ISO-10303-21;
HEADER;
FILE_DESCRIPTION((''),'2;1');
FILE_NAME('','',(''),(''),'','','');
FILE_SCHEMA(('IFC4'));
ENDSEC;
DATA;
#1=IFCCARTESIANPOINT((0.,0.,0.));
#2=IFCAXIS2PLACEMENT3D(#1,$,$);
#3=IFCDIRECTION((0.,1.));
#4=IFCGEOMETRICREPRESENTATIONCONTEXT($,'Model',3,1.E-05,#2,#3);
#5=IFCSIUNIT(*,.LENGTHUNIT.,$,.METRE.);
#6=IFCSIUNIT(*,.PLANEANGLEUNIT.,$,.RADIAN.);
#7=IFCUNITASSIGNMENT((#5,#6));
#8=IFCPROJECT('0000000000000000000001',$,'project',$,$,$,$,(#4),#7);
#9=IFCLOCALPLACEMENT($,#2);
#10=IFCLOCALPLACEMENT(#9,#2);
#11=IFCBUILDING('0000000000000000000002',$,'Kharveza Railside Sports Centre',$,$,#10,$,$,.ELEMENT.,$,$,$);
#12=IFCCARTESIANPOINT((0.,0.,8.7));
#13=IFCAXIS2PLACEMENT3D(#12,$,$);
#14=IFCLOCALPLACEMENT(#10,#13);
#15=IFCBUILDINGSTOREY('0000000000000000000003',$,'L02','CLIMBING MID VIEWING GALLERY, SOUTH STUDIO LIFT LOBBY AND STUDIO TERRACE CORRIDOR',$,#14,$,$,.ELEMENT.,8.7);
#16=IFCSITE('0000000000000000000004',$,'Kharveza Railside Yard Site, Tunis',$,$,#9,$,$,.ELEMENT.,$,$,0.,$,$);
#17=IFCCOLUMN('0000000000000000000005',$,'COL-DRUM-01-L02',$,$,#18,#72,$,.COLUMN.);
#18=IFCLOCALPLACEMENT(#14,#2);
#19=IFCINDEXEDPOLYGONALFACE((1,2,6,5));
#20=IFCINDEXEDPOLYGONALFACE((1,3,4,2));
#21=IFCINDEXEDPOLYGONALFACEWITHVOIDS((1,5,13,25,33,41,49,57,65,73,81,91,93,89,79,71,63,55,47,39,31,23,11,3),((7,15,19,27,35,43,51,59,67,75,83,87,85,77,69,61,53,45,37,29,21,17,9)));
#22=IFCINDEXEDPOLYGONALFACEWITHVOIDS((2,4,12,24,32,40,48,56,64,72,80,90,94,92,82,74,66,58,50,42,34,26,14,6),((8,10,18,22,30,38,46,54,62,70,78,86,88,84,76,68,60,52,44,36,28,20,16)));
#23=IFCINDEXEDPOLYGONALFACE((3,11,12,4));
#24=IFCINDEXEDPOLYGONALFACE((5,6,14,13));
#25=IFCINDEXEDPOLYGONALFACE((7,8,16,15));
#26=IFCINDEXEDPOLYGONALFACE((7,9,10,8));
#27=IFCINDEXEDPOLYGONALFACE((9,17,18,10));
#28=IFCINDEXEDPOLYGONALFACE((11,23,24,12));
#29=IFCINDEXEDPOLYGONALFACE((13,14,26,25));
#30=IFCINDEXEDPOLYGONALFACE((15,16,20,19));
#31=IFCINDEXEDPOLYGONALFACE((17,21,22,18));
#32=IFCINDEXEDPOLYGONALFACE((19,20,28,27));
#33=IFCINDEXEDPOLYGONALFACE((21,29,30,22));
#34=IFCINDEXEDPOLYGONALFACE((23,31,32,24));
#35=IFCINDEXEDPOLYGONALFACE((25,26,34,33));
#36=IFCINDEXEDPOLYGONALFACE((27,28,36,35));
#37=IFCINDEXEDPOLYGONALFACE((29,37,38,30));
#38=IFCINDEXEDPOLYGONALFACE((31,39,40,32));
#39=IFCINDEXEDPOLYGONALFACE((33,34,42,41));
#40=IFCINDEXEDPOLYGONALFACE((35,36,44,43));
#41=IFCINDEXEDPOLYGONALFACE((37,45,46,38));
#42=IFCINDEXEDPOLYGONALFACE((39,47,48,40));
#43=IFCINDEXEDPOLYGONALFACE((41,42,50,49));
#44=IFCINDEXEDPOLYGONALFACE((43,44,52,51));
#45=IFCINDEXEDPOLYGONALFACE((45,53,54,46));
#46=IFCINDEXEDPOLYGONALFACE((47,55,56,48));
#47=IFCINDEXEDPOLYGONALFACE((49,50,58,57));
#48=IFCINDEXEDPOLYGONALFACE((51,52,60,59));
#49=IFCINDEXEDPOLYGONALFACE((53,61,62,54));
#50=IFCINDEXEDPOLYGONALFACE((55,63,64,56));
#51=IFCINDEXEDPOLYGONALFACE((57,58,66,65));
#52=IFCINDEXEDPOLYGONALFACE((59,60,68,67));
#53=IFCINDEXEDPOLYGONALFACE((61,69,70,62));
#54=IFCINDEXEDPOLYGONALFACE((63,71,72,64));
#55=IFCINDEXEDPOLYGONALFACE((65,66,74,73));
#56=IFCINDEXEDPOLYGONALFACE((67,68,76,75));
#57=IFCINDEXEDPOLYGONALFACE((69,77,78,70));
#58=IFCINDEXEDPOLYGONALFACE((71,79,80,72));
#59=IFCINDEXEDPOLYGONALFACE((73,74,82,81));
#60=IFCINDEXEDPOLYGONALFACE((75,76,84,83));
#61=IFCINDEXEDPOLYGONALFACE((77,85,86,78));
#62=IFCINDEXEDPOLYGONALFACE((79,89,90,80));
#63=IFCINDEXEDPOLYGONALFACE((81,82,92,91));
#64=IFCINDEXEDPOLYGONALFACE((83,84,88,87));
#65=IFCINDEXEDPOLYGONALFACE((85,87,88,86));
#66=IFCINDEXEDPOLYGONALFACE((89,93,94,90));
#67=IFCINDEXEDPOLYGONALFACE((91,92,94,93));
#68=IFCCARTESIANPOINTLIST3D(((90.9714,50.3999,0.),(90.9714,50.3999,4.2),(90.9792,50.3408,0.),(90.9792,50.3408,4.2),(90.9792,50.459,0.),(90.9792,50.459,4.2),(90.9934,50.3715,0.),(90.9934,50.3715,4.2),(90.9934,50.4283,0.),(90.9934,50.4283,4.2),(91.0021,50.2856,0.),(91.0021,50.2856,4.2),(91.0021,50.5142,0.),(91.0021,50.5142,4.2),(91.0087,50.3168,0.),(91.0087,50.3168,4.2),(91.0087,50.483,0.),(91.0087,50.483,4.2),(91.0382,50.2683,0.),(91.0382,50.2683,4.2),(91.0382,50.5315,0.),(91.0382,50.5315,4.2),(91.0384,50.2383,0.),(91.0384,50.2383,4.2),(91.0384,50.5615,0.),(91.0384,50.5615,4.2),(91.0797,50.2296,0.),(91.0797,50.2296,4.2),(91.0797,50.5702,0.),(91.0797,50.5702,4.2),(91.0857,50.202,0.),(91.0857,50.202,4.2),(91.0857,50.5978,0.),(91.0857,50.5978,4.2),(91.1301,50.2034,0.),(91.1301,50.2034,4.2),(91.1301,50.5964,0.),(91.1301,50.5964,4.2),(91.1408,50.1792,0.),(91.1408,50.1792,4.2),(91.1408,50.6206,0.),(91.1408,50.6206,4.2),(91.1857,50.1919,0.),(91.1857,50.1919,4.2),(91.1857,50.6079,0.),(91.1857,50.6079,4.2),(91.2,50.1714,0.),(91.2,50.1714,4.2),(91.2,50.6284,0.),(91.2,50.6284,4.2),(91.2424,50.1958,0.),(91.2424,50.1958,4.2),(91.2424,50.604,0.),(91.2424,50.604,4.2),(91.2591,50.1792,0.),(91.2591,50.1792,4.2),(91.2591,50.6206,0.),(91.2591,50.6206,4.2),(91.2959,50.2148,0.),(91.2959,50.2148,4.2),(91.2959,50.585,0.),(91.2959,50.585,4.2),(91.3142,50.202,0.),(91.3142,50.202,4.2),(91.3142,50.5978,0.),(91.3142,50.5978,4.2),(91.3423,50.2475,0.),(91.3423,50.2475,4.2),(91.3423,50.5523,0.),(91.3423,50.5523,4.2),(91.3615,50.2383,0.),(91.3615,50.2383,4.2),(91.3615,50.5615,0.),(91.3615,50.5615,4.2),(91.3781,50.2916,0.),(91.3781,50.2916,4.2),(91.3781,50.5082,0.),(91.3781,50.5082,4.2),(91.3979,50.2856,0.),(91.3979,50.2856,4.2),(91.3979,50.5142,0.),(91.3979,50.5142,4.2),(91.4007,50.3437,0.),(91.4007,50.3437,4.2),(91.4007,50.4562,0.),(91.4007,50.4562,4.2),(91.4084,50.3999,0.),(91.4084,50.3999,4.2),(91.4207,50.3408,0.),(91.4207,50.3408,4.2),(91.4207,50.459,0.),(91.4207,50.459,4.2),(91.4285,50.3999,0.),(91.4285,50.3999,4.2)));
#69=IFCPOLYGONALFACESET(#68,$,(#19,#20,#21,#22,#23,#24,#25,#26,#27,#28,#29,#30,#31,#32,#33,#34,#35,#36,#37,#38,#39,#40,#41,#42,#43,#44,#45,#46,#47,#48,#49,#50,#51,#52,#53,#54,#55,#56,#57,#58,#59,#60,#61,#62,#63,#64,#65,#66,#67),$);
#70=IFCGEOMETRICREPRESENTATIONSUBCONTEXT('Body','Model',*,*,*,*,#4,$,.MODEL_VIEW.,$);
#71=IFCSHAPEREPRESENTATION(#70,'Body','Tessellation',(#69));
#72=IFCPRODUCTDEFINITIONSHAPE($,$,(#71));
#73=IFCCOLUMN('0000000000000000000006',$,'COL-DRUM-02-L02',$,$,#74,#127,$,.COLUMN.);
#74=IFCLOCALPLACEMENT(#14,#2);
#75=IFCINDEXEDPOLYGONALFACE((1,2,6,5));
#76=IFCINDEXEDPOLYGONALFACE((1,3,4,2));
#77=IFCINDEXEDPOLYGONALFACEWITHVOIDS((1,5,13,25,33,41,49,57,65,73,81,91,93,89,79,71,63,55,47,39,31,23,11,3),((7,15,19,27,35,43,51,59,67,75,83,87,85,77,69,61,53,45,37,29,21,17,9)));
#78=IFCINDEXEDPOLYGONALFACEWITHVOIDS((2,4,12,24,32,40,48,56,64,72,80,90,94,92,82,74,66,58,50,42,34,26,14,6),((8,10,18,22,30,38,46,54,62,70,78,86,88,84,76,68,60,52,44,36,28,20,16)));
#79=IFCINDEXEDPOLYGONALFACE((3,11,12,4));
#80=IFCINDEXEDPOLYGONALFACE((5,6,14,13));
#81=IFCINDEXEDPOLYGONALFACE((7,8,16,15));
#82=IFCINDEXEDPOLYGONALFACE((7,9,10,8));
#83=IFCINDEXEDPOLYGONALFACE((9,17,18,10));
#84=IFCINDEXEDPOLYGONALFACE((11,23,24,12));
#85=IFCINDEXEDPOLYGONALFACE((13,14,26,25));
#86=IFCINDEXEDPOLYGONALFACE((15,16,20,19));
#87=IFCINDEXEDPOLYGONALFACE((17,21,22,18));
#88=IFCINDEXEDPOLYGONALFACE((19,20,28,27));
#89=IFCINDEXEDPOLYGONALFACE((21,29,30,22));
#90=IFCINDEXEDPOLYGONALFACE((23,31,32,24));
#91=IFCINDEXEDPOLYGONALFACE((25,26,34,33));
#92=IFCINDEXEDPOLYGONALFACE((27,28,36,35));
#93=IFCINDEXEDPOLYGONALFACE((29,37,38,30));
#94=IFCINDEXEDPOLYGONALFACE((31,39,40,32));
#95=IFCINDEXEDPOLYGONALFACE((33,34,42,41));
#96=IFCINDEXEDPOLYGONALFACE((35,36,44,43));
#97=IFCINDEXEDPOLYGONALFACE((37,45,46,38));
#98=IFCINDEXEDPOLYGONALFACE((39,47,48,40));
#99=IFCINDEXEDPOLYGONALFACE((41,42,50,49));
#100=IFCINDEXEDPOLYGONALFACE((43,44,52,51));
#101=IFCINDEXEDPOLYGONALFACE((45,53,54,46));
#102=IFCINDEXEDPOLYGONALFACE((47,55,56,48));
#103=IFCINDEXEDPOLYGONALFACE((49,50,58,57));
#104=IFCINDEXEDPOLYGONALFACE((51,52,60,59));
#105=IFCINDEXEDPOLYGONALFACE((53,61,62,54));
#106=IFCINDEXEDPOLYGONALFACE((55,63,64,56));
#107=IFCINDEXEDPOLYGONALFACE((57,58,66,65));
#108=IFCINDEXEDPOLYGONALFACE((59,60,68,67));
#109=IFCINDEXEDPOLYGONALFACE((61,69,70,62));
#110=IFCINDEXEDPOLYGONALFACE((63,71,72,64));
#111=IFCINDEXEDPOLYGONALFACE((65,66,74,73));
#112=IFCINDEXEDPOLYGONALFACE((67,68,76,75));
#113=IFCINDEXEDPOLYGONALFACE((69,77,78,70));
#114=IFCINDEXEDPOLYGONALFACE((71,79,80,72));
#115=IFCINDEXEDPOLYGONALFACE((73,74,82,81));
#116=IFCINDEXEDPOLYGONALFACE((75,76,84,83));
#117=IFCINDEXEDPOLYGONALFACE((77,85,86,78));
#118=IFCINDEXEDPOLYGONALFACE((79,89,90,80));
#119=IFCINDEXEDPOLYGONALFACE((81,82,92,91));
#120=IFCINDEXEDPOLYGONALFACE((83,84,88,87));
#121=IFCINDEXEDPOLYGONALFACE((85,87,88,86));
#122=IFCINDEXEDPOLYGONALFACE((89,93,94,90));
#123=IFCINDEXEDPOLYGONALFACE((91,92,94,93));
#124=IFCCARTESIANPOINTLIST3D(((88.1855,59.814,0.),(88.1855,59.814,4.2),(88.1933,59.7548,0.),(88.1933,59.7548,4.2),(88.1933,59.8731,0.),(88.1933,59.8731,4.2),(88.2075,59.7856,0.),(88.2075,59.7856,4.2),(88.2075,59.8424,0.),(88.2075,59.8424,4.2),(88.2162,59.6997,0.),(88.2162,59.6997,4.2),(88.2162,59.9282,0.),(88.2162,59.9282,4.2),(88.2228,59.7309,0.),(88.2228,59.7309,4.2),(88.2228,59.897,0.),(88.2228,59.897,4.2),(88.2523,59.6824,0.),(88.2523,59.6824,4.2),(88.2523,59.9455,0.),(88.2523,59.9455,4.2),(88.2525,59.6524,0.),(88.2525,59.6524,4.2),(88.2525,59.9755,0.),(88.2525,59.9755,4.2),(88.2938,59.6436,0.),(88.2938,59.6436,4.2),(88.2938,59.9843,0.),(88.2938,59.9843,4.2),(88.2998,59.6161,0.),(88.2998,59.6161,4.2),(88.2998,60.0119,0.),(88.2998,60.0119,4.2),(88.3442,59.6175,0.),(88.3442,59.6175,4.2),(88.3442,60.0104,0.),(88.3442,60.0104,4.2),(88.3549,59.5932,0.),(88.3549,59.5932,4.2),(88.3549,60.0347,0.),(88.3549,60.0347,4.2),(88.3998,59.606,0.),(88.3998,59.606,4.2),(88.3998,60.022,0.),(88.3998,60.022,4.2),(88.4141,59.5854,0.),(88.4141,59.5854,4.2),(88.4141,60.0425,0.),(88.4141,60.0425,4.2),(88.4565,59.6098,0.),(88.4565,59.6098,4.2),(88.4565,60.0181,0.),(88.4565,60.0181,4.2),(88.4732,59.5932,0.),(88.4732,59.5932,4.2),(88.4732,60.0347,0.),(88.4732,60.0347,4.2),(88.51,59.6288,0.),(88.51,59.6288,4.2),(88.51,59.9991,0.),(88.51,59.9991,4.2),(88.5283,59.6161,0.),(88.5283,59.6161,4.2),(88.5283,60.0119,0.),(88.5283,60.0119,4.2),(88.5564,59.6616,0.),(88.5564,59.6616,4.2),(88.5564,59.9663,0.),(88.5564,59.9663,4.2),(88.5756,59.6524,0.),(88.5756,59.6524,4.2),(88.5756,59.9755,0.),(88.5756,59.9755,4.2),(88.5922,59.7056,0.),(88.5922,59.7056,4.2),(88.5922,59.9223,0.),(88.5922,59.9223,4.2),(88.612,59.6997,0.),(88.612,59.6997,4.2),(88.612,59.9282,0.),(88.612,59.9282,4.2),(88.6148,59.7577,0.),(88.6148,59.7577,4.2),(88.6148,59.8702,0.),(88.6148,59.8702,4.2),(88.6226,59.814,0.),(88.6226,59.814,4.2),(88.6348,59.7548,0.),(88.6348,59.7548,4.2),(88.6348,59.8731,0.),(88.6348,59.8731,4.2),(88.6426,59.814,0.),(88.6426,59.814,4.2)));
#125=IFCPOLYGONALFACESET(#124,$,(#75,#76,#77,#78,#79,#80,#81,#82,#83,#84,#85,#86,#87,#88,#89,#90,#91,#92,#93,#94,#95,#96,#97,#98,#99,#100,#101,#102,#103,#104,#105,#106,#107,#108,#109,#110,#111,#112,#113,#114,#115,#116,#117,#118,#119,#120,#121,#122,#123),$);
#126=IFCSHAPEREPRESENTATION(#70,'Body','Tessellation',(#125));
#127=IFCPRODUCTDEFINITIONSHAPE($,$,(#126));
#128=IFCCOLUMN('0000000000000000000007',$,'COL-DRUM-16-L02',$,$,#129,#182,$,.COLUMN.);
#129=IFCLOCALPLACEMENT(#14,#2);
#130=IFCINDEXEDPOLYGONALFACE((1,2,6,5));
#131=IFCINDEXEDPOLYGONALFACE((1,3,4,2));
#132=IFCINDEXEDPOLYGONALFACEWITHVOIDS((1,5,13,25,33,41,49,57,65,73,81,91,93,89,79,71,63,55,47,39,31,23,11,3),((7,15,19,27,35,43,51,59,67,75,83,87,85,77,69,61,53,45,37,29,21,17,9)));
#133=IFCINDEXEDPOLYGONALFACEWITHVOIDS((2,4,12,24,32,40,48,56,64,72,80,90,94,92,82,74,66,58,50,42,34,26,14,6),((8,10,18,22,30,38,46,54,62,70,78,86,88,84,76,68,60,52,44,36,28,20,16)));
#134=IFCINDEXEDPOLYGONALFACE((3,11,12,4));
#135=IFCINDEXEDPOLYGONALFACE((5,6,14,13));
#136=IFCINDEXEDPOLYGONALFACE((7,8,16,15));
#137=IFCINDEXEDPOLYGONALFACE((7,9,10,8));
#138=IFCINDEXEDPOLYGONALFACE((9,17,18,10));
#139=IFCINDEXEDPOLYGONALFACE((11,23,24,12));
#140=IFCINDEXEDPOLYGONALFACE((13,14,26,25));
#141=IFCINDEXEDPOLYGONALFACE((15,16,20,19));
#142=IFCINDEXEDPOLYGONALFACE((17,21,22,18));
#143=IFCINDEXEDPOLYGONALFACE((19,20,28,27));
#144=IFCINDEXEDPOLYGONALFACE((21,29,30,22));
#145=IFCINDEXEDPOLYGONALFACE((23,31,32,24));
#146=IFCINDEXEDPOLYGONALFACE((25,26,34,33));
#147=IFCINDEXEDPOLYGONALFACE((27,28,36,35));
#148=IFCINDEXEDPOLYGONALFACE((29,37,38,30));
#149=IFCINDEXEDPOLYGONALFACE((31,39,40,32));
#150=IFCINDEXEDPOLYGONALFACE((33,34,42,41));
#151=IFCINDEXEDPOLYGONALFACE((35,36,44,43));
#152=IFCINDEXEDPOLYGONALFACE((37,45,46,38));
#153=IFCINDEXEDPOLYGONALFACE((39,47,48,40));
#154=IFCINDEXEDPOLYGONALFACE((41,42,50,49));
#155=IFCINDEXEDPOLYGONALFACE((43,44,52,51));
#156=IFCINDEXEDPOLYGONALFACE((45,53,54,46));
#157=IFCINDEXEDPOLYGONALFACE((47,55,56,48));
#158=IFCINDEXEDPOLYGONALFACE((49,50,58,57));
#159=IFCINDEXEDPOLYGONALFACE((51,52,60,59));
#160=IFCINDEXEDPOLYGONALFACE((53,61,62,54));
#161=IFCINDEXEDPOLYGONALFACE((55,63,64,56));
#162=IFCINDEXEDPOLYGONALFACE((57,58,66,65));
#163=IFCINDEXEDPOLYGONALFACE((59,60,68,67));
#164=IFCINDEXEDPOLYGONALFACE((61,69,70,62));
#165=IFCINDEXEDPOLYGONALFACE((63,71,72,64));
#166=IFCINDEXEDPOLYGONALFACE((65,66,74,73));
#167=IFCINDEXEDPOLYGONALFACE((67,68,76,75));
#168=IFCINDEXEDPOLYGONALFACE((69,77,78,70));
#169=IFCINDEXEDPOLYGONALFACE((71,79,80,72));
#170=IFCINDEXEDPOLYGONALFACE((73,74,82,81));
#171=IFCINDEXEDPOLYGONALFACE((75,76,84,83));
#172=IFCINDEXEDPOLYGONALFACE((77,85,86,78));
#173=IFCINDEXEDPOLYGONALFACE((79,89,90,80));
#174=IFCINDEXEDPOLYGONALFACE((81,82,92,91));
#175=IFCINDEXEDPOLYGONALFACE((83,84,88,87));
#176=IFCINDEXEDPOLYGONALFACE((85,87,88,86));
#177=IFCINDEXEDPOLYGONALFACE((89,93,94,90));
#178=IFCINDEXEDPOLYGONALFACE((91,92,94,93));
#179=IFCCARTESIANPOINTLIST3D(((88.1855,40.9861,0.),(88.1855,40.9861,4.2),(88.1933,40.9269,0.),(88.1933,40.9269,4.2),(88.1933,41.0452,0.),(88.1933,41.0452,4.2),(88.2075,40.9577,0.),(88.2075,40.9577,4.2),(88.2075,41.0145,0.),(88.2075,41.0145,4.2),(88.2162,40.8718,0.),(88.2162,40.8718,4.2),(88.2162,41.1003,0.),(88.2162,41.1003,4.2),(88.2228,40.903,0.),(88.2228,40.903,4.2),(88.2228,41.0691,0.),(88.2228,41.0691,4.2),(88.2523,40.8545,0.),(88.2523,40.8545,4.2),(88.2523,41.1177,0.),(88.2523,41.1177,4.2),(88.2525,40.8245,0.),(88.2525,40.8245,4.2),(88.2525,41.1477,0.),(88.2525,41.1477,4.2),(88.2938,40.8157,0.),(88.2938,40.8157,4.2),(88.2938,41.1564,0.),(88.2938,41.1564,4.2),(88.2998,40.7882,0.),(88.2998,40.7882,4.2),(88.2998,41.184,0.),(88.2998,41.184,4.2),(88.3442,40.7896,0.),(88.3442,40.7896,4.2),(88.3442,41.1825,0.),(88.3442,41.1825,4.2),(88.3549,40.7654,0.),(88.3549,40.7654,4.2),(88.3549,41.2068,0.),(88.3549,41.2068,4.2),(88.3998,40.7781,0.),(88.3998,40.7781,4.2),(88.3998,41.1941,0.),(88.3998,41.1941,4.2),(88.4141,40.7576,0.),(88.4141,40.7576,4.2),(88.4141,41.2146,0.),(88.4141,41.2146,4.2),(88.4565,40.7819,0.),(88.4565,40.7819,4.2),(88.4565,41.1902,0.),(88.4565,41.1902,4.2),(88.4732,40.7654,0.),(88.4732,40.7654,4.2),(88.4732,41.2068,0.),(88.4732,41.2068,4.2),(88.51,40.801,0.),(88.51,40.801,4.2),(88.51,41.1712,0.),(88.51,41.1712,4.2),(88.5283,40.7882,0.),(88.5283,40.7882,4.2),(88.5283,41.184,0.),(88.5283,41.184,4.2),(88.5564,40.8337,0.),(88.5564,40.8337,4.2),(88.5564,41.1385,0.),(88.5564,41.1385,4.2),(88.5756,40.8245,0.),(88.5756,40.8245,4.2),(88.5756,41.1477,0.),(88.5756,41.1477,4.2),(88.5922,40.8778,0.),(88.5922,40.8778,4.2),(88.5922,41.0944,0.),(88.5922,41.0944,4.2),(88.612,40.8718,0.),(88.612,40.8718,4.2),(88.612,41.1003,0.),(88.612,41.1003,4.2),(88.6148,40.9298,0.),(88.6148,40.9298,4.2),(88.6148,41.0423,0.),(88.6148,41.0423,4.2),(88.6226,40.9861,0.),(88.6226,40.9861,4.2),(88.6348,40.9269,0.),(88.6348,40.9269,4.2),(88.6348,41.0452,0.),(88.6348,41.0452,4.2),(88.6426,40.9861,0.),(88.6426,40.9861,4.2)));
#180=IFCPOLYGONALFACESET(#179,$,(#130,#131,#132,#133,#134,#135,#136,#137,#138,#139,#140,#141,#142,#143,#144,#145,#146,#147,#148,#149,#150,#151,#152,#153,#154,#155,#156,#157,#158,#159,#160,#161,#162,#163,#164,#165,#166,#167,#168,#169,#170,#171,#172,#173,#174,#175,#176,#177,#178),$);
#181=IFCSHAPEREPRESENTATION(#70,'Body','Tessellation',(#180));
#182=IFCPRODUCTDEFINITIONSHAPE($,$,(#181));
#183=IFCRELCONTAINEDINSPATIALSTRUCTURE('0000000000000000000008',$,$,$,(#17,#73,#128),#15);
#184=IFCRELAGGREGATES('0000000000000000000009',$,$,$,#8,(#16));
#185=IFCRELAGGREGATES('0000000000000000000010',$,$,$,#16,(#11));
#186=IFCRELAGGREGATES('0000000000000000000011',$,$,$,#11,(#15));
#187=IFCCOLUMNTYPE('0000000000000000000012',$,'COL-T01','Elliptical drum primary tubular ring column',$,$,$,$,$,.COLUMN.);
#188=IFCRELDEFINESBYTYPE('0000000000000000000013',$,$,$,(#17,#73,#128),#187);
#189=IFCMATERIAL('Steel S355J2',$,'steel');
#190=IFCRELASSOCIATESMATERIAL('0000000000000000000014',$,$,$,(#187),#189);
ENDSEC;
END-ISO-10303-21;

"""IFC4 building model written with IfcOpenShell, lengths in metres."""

from ifc_helpers import new_model, si_unit, direction, frame, origin, origin_2d, place, context, subcontext, project, spatial, hollow_circle, extrude, material, material_profile, profile_set, type_object, element, save


model = new_model("IFC4")

# Units and contexts
model_context = context("Model", 3, precision=1e-05, world=origin(), true_north=direction((0.0, 1.0)))
body_context = subcontext(model_context, "Body", "Model", "MODEL_VIEW")
ifc_project = project(units=[si_unit("LENGTHUNIT", "METRE"), si_unit("PLANEANGLEUNIT", "RADIAN")], contexts=[model_context])

# Site, building, storey
site_placement = place(None, origin())
site = spatial("IfcSite", under=ifc_project, at=site_placement, Name="Kharveza Railside Yard Site, Tunis", CompositionType="ELEMENT", RefElevation=0.0)
building_placement = place(site_placement, origin())
building = spatial("IfcBuilding", under=site, at=building_placement, Name="Kharveza Railside Sports Centre", CompositionType="ELEMENT")
storey_placement = place(building_placement, frame((0.0, 0.0, 8.7)))
storey = spatial("IfcBuildingStorey", under=building, at=storey_placement, Name="L02", Description="CLIMBING MID VIEWING GALLERY, SOUTH STUDIO LIFT LOBBY AND STUDIO TERRACE CORRIDOR", CompositionType="ELEMENT", Elevation=8.7)

# Columns
ifc_material_1 = material(Name="Steel S355J2", Category="steel")
ifc_material_profile_1 = material_profile(ifc_material_1, hollow_circle(Radius=0.2285, WallThickness=0.02, at=origin_2d()), Name="CHS 457.0x20.0")
ifc_profile_set_1 = profile_set([ifc_material_profile_1], Name="Steel S355J2")
column_type = type_object("IfcColumnType", Name="COL-T01", Description="Elliptical drum primary tubular ring column", PredefinedType="COLUMN", material=ifc_profile_set_1)
for number, where, z_axis, x_axis, name in (
    (1, (91.2, 50.3999, 0.0), (0.0, 0.0, 1.0), (1.0, 0.0, 0.0), "COL-DRUM-01-L02"),
    (2, (88.4141, 59.814, 0.0), (0.0, 0.0, 1.0), (1.0, 0.0, 0.0), "COL-DRUM-02-L02"),
    (3, (88.4141, 40.9861, 0.0), (0.0, 0.0, 1.0), (1.0, 0.0, 0.0), "COL-DRUM-16-L02"),
):
    element("IfcColumn", number, at=place(storey_placement, frame(where, z_axis=z_axis, x_axis=x_axis)), inside=storey, type_object=column_type, Name=name, PredefinedType="COLUMN", context=body_context, shape_type="SweptSolid", body=[
        extrude(hollow_circle(Radius=0.2285, WallThickness=0.02, at=origin_2d()), origin(), (0.0, 0.0, 1.0), 4.2),
    ])

save(model, "model.ifc")
